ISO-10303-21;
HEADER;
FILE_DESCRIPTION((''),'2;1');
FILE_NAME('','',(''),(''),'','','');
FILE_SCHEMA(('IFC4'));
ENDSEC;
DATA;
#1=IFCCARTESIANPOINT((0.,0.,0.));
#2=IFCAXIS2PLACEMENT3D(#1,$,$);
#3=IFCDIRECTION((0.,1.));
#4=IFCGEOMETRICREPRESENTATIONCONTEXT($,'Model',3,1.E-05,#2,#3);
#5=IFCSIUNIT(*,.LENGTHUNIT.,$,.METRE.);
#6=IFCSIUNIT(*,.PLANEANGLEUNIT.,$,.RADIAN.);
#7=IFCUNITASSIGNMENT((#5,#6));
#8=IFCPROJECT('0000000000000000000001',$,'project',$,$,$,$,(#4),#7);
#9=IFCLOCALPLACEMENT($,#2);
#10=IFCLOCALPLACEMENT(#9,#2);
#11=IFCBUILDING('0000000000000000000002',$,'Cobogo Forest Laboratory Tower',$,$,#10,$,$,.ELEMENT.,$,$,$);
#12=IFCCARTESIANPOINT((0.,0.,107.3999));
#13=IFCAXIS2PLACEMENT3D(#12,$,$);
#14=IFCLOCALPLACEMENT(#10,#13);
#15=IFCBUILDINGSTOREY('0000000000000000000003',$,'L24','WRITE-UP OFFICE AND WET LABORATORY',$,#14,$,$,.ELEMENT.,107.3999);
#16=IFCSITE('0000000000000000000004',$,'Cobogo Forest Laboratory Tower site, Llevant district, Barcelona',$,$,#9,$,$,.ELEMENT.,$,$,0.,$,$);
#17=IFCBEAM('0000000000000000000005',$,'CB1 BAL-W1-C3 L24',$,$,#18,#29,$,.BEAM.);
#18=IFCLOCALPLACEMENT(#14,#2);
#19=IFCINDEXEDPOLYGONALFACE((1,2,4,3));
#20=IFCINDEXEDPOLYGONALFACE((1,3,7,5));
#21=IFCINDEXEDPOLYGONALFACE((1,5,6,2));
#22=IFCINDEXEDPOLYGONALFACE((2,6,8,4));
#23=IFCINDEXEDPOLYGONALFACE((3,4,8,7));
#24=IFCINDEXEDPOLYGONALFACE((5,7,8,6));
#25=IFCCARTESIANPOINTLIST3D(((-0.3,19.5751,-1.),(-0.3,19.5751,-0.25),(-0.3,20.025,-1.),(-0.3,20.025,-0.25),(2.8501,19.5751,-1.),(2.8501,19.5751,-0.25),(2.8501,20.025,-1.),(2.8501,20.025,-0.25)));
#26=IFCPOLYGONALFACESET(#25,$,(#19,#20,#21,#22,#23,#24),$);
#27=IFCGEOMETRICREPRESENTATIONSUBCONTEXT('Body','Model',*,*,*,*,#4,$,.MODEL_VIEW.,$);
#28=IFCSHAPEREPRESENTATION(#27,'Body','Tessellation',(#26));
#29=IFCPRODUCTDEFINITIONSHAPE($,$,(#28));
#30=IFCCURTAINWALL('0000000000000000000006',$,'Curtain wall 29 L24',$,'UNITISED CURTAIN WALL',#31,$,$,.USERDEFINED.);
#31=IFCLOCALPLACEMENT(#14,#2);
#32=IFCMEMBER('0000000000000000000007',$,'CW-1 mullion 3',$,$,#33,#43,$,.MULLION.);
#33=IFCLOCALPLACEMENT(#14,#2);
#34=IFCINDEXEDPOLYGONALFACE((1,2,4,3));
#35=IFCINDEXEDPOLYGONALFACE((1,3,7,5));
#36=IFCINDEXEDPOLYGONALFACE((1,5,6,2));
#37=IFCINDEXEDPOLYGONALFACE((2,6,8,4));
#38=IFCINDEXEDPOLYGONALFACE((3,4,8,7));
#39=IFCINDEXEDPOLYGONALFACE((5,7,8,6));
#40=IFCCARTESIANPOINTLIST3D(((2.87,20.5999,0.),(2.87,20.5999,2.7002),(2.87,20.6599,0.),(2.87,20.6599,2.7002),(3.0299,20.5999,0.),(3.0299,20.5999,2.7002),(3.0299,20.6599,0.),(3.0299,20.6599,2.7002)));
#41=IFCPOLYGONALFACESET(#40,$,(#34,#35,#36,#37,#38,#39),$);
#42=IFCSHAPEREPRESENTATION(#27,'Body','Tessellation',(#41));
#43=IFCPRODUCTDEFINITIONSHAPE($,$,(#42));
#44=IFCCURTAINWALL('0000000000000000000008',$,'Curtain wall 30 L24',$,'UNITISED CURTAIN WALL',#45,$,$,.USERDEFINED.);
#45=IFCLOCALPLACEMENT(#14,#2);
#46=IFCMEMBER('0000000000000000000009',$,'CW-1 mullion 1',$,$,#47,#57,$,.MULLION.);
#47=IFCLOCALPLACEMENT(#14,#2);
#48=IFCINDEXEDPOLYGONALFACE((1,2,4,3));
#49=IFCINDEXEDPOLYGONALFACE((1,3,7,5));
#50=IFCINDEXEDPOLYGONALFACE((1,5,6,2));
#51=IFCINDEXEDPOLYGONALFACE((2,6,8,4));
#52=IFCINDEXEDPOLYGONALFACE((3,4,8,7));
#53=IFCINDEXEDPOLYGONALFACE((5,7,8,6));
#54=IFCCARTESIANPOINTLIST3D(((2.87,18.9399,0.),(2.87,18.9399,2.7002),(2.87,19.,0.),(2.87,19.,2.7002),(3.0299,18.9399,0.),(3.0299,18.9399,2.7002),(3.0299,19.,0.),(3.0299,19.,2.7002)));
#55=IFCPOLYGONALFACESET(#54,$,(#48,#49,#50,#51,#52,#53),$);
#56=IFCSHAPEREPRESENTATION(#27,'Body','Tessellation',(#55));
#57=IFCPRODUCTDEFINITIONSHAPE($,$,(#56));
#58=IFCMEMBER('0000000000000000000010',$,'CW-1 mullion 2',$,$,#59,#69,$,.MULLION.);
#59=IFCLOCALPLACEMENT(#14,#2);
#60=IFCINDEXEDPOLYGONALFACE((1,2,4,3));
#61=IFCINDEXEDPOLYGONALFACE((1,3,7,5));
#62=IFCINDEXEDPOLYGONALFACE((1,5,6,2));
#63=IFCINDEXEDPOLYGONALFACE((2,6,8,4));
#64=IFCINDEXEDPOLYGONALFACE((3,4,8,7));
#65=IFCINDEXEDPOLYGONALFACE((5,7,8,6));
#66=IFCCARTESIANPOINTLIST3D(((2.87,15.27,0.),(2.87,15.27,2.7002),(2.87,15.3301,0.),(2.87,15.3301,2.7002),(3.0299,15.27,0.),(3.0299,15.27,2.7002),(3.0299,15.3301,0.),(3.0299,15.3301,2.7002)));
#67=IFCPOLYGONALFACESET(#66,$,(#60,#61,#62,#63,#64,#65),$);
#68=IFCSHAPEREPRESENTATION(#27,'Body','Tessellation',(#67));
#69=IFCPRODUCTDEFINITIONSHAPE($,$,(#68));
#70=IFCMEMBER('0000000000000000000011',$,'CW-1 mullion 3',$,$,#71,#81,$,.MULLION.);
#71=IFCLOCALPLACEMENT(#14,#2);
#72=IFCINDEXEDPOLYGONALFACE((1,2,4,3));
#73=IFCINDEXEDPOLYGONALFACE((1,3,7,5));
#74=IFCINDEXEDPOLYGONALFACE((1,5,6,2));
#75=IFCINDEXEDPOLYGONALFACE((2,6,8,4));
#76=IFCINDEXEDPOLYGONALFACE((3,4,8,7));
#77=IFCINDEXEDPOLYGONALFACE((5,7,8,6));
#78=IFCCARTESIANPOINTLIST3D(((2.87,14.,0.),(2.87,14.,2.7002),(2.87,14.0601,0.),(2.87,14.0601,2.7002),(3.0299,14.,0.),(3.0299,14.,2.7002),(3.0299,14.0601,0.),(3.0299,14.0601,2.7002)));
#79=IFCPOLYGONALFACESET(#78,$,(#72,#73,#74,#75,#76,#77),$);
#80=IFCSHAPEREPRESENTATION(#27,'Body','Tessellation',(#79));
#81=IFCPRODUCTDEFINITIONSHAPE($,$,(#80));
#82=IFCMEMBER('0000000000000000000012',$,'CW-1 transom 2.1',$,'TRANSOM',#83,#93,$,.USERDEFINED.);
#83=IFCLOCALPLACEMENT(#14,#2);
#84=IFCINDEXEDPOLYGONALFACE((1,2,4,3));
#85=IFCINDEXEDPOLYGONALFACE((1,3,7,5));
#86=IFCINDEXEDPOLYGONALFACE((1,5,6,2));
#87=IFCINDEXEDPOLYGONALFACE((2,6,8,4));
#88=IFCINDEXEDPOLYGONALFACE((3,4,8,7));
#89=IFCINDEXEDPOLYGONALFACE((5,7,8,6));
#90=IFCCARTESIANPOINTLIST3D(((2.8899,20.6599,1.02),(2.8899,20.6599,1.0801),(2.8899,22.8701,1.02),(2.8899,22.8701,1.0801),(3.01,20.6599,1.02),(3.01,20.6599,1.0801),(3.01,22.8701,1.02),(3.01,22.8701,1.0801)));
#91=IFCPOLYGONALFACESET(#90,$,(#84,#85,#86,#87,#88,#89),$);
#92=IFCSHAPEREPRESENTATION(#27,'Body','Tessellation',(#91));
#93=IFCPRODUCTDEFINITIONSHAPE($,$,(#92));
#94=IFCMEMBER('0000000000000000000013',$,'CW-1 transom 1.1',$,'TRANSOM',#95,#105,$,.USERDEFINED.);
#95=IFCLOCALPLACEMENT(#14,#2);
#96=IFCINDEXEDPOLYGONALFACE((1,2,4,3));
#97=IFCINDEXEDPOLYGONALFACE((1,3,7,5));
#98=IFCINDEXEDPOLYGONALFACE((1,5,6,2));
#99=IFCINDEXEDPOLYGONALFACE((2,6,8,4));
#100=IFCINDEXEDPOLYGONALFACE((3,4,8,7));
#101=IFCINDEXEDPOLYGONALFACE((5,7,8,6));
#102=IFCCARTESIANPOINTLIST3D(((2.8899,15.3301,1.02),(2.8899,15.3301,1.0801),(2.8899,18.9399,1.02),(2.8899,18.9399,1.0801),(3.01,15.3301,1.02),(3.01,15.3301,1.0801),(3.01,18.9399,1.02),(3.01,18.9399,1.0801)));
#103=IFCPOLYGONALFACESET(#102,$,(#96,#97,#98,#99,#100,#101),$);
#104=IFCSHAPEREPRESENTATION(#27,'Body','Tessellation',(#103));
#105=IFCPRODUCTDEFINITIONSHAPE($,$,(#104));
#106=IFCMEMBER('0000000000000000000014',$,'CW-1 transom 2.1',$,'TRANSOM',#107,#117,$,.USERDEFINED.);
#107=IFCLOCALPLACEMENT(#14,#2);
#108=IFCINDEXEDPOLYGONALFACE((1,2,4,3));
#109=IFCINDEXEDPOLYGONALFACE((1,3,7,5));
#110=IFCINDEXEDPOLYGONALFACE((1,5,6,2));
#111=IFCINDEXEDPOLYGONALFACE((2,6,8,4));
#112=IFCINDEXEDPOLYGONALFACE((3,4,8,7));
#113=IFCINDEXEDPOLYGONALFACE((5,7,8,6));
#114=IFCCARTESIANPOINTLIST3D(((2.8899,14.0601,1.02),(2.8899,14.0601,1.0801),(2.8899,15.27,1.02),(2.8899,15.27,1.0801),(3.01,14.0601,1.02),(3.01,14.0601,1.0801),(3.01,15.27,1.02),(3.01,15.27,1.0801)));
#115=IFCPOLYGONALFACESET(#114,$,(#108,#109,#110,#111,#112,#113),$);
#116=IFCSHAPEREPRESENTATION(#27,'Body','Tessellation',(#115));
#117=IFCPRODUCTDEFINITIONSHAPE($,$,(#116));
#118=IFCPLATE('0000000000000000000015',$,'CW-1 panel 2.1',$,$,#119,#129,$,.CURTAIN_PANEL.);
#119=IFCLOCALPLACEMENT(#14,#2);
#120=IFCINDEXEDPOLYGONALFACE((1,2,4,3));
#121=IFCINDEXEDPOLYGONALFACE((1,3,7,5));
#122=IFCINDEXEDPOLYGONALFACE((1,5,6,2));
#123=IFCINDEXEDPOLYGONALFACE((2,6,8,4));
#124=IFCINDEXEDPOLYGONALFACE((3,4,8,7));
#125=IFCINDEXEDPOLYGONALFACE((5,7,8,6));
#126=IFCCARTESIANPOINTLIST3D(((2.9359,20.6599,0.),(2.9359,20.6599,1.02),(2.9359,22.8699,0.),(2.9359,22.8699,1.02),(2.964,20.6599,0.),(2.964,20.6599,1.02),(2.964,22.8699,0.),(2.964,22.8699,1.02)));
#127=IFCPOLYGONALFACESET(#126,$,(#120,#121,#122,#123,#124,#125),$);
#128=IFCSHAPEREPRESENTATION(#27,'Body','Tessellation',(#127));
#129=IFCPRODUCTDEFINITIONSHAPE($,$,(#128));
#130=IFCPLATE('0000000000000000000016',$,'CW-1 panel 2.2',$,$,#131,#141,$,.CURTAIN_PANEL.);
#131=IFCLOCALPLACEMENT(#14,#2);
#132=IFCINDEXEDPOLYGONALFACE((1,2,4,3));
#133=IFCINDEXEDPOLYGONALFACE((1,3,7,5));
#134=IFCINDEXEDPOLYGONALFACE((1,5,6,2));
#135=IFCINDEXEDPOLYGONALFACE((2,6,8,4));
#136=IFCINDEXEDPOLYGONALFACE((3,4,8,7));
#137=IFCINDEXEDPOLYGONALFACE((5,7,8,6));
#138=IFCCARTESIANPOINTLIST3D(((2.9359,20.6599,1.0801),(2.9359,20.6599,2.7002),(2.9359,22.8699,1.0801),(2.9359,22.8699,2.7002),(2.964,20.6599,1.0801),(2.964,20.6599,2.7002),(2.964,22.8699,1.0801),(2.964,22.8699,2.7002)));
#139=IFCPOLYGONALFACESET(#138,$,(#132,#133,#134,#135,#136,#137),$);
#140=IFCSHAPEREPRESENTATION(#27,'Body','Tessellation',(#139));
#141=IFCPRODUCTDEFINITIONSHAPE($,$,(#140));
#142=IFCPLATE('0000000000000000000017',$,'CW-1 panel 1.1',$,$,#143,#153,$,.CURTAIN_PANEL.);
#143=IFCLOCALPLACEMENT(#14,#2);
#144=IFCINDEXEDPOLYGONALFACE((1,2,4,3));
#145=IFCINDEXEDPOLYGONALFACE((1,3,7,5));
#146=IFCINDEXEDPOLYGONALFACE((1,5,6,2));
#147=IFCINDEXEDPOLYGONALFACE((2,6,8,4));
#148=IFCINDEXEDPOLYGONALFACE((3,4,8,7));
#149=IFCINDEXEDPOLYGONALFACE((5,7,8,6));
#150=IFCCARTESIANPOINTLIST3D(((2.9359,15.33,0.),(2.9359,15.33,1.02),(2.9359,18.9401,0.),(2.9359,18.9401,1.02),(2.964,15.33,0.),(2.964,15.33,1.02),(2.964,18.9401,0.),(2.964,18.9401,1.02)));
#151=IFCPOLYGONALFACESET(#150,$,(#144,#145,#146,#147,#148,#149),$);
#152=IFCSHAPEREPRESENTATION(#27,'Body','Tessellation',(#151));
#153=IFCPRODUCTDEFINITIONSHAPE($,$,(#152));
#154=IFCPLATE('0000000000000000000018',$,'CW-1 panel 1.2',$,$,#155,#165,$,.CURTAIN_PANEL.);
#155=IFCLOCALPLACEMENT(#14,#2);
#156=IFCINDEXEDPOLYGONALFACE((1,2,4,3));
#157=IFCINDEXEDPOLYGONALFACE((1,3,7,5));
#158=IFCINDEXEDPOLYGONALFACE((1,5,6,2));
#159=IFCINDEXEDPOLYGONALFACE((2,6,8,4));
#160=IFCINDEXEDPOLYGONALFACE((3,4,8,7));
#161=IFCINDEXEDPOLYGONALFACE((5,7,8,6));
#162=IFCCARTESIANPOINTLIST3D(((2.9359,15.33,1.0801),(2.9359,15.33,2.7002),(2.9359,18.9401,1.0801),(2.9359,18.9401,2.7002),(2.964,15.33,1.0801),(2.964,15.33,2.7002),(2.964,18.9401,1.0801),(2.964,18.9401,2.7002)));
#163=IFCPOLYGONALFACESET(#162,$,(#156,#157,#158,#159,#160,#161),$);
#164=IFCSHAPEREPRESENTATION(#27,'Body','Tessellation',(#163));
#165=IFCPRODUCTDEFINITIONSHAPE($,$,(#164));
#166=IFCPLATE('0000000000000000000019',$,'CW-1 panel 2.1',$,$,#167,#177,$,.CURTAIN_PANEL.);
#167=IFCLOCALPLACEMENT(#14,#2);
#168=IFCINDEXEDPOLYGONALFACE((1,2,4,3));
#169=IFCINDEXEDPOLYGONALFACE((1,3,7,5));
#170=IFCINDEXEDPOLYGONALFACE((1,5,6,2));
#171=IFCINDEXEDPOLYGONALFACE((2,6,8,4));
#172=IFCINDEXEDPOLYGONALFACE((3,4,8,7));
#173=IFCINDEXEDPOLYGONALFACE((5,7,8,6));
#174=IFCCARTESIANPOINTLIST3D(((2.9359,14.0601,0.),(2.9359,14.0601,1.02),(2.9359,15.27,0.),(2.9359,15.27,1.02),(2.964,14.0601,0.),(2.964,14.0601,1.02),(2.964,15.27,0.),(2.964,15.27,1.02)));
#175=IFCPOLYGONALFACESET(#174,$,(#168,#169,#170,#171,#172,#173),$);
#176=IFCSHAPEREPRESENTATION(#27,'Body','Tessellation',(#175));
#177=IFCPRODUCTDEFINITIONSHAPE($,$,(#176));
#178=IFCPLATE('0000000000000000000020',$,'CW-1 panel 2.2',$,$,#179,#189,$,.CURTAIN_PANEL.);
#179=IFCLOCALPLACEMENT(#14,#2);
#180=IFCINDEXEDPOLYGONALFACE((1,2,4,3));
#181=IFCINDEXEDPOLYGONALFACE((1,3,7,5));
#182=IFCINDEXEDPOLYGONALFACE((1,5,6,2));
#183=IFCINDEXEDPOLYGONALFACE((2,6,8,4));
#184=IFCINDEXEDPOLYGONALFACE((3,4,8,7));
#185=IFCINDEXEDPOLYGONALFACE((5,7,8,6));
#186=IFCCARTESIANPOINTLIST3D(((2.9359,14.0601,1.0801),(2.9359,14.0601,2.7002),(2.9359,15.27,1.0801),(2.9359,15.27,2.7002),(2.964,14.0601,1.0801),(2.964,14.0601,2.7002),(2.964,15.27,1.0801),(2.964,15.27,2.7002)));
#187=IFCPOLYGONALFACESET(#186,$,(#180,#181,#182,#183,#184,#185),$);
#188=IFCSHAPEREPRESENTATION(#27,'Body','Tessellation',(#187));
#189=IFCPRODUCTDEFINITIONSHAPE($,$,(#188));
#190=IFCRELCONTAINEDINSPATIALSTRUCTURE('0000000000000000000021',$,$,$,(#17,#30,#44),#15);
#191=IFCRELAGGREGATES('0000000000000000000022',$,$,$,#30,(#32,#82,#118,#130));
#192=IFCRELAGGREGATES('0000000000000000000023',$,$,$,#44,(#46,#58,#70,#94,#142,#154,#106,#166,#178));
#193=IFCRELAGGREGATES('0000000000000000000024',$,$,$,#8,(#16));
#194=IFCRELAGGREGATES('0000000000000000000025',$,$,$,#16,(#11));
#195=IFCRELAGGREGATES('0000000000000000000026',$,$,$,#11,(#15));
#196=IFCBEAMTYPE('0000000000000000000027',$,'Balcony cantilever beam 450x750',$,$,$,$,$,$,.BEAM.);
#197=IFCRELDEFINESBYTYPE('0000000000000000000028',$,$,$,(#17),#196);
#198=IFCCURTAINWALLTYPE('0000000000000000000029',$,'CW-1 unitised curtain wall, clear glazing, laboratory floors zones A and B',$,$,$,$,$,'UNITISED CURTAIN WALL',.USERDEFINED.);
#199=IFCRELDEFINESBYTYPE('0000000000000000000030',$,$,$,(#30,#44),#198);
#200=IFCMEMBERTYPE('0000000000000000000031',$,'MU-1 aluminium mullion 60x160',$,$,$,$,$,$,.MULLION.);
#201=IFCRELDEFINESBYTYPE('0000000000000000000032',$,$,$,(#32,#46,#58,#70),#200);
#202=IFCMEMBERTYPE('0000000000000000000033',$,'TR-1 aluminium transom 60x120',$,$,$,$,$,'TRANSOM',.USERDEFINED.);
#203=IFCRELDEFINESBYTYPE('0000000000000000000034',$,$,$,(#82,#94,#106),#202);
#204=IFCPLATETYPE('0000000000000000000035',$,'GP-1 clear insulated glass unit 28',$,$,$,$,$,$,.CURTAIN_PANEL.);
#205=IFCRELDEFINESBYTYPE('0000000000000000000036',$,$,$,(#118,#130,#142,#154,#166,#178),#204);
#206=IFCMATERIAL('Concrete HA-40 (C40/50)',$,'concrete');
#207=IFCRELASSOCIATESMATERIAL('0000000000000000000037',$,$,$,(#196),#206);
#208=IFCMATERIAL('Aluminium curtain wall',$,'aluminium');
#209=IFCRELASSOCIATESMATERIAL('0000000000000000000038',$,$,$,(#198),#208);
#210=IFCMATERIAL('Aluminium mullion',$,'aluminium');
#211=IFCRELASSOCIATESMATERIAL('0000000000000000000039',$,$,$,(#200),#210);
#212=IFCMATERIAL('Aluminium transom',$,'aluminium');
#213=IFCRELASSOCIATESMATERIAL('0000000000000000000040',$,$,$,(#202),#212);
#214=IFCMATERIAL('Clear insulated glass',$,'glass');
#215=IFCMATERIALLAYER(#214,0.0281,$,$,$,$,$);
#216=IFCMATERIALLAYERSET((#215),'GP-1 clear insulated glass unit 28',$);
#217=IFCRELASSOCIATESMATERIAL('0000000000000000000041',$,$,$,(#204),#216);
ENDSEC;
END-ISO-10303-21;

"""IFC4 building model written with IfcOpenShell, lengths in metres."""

from ifc_helpers import new_model, si_unit, direction, frame, origin, origin_2d, place, context, subcontext, project, spatial, rectangle, extrude, material, layer, layer_set, material_profile, profile_set, type_object, element, aggregate, save


model = new_model("IFC4")

# Units and contexts
model_context = context("Model", 3, precision=1e-05, world=origin(), true_north=direction((0.0, 1.0)))
body_context = subcontext(model_context, "Body", "Model", "MODEL_VIEW")
ifc_project = project(units=[si_unit("LENGTHUNIT", "METRE"), si_unit("PLANEANGLEUNIT", "RADIAN")], contexts=[model_context])

# Site, building, storey
site_placement = place(None, origin())
site = spatial("IfcSite", under=ifc_project, at=site_placement, Name="Cobogo Forest Laboratory Tower site, Llevant district, Barcelona", CompositionType="ELEMENT", RefElevation=0.0)
building_placement = place(site_placement, origin())
building = spatial("IfcBuilding", under=site, at=building_placement, Name="Cobogo Forest Laboratory Tower", CompositionType="ELEMENT")
storey_placement = place(building_placement, frame((0.0, 0.0, 107.3999)))
storey = spatial("IfcBuildingStorey", under=building, at=storey_placement, Name="L24", Description="WRITE-UP OFFICE AND WET LABORATORY", CompositionType="ELEMENT", Elevation=107.3999)

# Beam
ifc_material_1 = material(Name="Concrete HA-40 (C40/50)", Category="concrete")
ifc_material_profile_1 = material_profile(ifc_material_1, rectangle(XDim=0.45, YDim=0.75, at=origin_2d()), Name="RC 450x750")
ifc_profile_set_1 = profile_set([ifc_material_profile_1], Name="Concrete HA-40 (C40/50)")
beam_type = type_object("IfcBeamType", Name="Balcony cantilever beam 450x750", PredefinedType="BEAM", material=ifc_profile_set_1)
beam_placement = place(storey_placement, frame((2.8501, 19.8, -0.625), z_axis=(-1.0, 0.0, 0.0), x_axis=(0.0, -1.0, 0.0)))
element("IfcBeam", 1, at=beam_placement, inside=storey, type_object=beam_type, Name="CB1 BAL-W1-C3 L24", PredefinedType="BEAM", context=body_context, shape_type="SweptSolid", body=[
    extrude(rectangle(XDim=0.45, YDim=0.75, at=origin_2d()), origin(), (0.0, 0.0, 1.0), 3.1501),
])

# Curtain wall, member
ifc_material_2 = material(Name="Aluminium curtain wall", Category="aluminium")
curtain_wall_type = type_object("IfcCurtainWallType", Name="CW-1 unitised curtain wall, clear glazing, laboratory floors zones A and B", ElementType="UNITISED CURTAIN WALL", PredefinedType="USERDEFINED", material=ifc_material_2)
curtain_wall_1_placement = place(storey_placement, origin())
curtain_wall_1 = element("IfcCurtainWall", 2, at=curtain_wall_1_placement, inside=storey, type_object=curtain_wall_type, Name="Curtain wall 29 L24", ObjectType="UNITISED CURTAIN WALL", PredefinedType="USERDEFINED")
ifc_material_3 = material(Name="Aluminium mullion", Category="aluminium")
ifc_material_profile_2 = material_profile(ifc_material_3, rectangle(XDim=0.0601, YDim=0.1599, at=origin_2d()), Name="AL 60x160")
ifc_profile_set_2 = profile_set([ifc_material_profile_2], Name="Aluminium mullion")
member_type_1 = type_object("IfcMemberType", Name="MU-1 aluminium mullion 60x160", PredefinedType="MULLION", material=ifc_profile_set_2)
member_1_placement = place(storey_placement, frame((2.95, 20.6299, 0.0), z_axis=(0.0, 0.0, 1.0), x_axis=(0.0, -1.0, 0.0)))
member_1 = element("IfcMember", 3, at=member_1_placement, type_object=member_type_1, Name="CW-1 mullion 3", PredefinedType="MULLION", context=body_context, shape_type="SweptSolid", body=[
    extrude(rectangle(XDim=0.0601, YDim=0.1599, at=origin_2d()), origin(), (0.0, 0.0, 1.0), 2.7002),
])

# Curtain wall, members
curtain_wall_2_placement = place(storey_placement, origin())
curtain_wall_2 = element("IfcCurtainWall", 4, at=curtain_wall_2_placement, inside=storey, type_object=curtain_wall_type, Name="Curtain wall 30 L24", ObjectType="UNITISED CURTAIN WALL", PredefinedType="USERDEFINED")
member_2_placement = place(storey_placement, frame((2.95, 18.97, 0.0), z_axis=(0.0, 0.0, 1.0), x_axis=(0.0, -1.0, 0.0)))
member_2 = element("IfcMember", 5, at=member_2_placement, type_object=member_type_1, Name="CW-1 mullion 1", PredefinedType="MULLION", context=body_context, shape_type="SweptSolid", body=[
    extrude(rectangle(XDim=0.0601, YDim=0.1599, at=origin_2d()), origin(), (0.0, 0.0, 1.0), 2.7002),
])
member_3_placement = place(storey_placement, frame((2.95, 15.3, 0.0), z_axis=(0.0, 0.0, 1.0), x_axis=(0.0, -1.0, 0.0)))
member_3 = element("IfcMember", 6, at=member_3_placement, type_object=member_type_1, Name="CW-1 mullion 2", PredefinedType="MULLION", context=body_context, shape_type="SweptSolid", body=[
    extrude(rectangle(XDim=0.0601, YDim=0.1599, at=origin_2d()), origin(), (0.0, 0.0, 1.0), 2.7002),
])
member_4_placement = place(storey_placement, frame((2.95, 14.03, 0.0), z_axis=(0.0, 0.0, 1.0), x_axis=(0.0, -1.0, 0.0)))
member_4 = element("IfcMember", 7, at=member_4_placement, type_object=member_type_1, Name="CW-1 mullion 3", PredefinedType="MULLION", context=body_context, shape_type="SweptSolid", body=[
    extrude(rectangle(XDim=0.0601, YDim=0.1599, at=origin_2d()), origin(), (0.0, 0.0, 1.0), 2.7002),
])

# Members
ifc_material_4 = material(Name="Aluminium transom", Category="aluminium")
ifc_material_profile_3 = material_profile(ifc_material_4, rectangle(XDim=0.1201, YDim=0.0601, at=origin_2d()), Name="AL 60x120")
ifc_profile_set_3 = profile_set([ifc_material_profile_3], Name="Aluminium transom")
member_type_2 = type_object("IfcMemberType", Name="TR-1 aluminium transom 60x120", ElementType="TRANSOM", PredefinedType="USERDEFINED", material=ifc_profile_set_3)
member_5_placement = place(storey_placement, frame((2.95, 22.8701, 1.05), z_axis=(0.0, -1.0, 0.0), x_axis=(1.0, 0.0, 0.0)))
member_5 = element("IfcMember", 8, at=member_5_placement, type_object=member_type_2, Name="CW-1 transom 2.1", ObjectType="TRANSOM", PredefinedType="USERDEFINED", context=body_context, shape_type="SweptSolid", body=[
    extrude(rectangle(XDim=0.1201, YDim=0.0601, at=origin_2d()), origin(), (0.0, 0.0, 1.0), 2.2102),
])
member_6_placement = place(storey_placement, frame((2.95, 18.9399, 1.05), z_axis=(0.0, -1.0, 0.0), x_axis=(1.0, 0.0, 0.0)))
member_6 = element("IfcMember", 9, at=member_6_placement, type_object=member_type_2, Name="CW-1 transom 1.1", ObjectType="TRANSOM", PredefinedType="USERDEFINED", context=body_context, shape_type="SweptSolid", body=[
    extrude(rectangle(XDim=0.1201, YDim=0.0601, at=origin_2d()), origin(), (0.0, 0.0, 1.0), 3.6099),
])
member_7_placement = place(storey_placement, frame((2.95, 15.27, 1.05), z_axis=(0.0, -1.0, 0.0), x_axis=(1.0, 0.0, 0.0)))
member_7 = element("IfcMember", 10, at=member_7_placement, type_object=member_type_2, Name="CW-1 transom 2.1", ObjectType="TRANSOM", PredefinedType="USERDEFINED", context=body_context, shape_type="SweptSolid", body=[
    extrude(rectangle(XDim=0.1201, YDim=0.0601, at=origin_2d()), origin(), (0.0, 0.0, 1.0), 1.21),
])

# Plates
ifc_material_5 = material(Name="Clear insulated glass", Category="glass")
ifc_layer = layer(ifc_material_5, 0.0281)
ifc_layer_set = layer_set([ifc_layer], Name="GP-1 clear insulated glass unit 28")
plate_type_1 = type_object("IfcPlateType", Name="GP-1 clear insulated glass unit 28", PredefinedType="CURTAIN_PANEL", material=ifc_layer_set)
plate_1_placement = place(storey_placement, frame((2.95, 21.7649, 0.0), z_axis=(0.0, 0.0, 1.0), x_axis=(0.0, -1.0, 0.0)))
plate_1 = element("IfcPlate", 11, at=plate_1_placement, type_object=plate_type_1, Name="CW-1 panel 2.1", PredefinedType="CURTAIN_PANEL", context=body_context, shape_type="SweptSolid", body=[
    extrude(rectangle(XDim=2.21, YDim=0.0281, at=origin_2d()), origin(), (0.0, 0.0, 1.0), 1.02),
])
plate_2_placement = place(storey_placement, frame((2.95, 21.7649, 1.0801), z_axis=(0.0, 0.0, 1.0), x_axis=(0.0, -1.0, 0.0)))
plate_2 = element("IfcPlate", 12, at=plate_2_placement, type_object=plate_type_1, Name="CW-1 panel 2.2", PredefinedType="CURTAIN_PANEL", context=body_context, shape_type="SweptSolid", body=[
    extrude(rectangle(XDim=2.21, YDim=0.0281, at=origin_2d()), origin(), (0.0, 0.0, 1.0), 1.6201),
])
aggregate(curtain_wall_1, [member_1, member_5, plate_1, plate_2])
plate_3_placement = place(storey_placement, frame((2.95, 17.135, 0.0), z_axis=(0.0, 0.0, 1.0), x_axis=(0.0, -1.0, 0.0)))
plate_3 = element("IfcPlate", 13, at=plate_3_placement, type_object=plate_type_1, Name="CW-1 panel 1.1", PredefinedType="CURTAIN_PANEL", context=body_context, shape_type="SweptSolid", body=[
    extrude(rectangle(XDim=3.6101, YDim=0.0281, at=origin_2d()), origin(), (0.0, 0.0, 1.0), 1.02),
])
plate_4_placement = place(storey_placement, frame((2.95, 17.135, 1.0801), z_axis=(0.0, 0.0, 1.0), x_axis=(0.0, -1.0, 0.0)))
plate_4 = element("IfcPlate", 14, at=plate_4_placement, type_object=plate_type_1, Name="CW-1 panel 1.2", PredefinedType="CURTAIN_PANEL", context=body_context, shape_type="SweptSolid", body=[
    extrude(rectangle(XDim=3.6101, YDim=0.0281, at=origin_2d()), origin(), (0.0, 0.0, 1.0), 1.6201),
])
plate_5_placement = place(storey_placement, frame((2.95, 14.665, 0.0), z_axis=(0.0, 0.0, 1.0), x_axis=(0.0, -1.0, 0.0)))
plate_5 = element("IfcPlate", 15, at=plate_5_placement, type_object=plate_type_1, Name="CW-1 panel 2.1", PredefinedType="CURTAIN_PANEL", context=body_context, shape_type="SweptSolid", body=[
    extrude(rectangle(XDim=1.21, YDim=0.0281, at=origin_2d()), origin(), (0.0, 0.0, 1.0), 1.02),
])
plate_6_placement = place(storey_placement, frame((2.95, 14.665, 1.0801), z_axis=(0.0, 0.0, 1.0), x_axis=(0.0, -1.0, 0.0)))
plate_6 = element("IfcPlate", 16, at=plate_6_placement, type_object=plate_type_1, Name="CW-1 panel 2.2", PredefinedType="CURTAIN_PANEL", context=body_context, shape_type="SweptSolid", body=[
    extrude(rectangle(XDim=1.21, YDim=0.0281, at=origin_2d()), origin(), (0.0, 0.0, 1.0), 1.6201),
])
aggregate(curtain_wall_2, [member_2, member_3, member_4, member_6, plate_3, plate_4, member_7, plate_5, plate_6])

save(model, "model.ifc")
